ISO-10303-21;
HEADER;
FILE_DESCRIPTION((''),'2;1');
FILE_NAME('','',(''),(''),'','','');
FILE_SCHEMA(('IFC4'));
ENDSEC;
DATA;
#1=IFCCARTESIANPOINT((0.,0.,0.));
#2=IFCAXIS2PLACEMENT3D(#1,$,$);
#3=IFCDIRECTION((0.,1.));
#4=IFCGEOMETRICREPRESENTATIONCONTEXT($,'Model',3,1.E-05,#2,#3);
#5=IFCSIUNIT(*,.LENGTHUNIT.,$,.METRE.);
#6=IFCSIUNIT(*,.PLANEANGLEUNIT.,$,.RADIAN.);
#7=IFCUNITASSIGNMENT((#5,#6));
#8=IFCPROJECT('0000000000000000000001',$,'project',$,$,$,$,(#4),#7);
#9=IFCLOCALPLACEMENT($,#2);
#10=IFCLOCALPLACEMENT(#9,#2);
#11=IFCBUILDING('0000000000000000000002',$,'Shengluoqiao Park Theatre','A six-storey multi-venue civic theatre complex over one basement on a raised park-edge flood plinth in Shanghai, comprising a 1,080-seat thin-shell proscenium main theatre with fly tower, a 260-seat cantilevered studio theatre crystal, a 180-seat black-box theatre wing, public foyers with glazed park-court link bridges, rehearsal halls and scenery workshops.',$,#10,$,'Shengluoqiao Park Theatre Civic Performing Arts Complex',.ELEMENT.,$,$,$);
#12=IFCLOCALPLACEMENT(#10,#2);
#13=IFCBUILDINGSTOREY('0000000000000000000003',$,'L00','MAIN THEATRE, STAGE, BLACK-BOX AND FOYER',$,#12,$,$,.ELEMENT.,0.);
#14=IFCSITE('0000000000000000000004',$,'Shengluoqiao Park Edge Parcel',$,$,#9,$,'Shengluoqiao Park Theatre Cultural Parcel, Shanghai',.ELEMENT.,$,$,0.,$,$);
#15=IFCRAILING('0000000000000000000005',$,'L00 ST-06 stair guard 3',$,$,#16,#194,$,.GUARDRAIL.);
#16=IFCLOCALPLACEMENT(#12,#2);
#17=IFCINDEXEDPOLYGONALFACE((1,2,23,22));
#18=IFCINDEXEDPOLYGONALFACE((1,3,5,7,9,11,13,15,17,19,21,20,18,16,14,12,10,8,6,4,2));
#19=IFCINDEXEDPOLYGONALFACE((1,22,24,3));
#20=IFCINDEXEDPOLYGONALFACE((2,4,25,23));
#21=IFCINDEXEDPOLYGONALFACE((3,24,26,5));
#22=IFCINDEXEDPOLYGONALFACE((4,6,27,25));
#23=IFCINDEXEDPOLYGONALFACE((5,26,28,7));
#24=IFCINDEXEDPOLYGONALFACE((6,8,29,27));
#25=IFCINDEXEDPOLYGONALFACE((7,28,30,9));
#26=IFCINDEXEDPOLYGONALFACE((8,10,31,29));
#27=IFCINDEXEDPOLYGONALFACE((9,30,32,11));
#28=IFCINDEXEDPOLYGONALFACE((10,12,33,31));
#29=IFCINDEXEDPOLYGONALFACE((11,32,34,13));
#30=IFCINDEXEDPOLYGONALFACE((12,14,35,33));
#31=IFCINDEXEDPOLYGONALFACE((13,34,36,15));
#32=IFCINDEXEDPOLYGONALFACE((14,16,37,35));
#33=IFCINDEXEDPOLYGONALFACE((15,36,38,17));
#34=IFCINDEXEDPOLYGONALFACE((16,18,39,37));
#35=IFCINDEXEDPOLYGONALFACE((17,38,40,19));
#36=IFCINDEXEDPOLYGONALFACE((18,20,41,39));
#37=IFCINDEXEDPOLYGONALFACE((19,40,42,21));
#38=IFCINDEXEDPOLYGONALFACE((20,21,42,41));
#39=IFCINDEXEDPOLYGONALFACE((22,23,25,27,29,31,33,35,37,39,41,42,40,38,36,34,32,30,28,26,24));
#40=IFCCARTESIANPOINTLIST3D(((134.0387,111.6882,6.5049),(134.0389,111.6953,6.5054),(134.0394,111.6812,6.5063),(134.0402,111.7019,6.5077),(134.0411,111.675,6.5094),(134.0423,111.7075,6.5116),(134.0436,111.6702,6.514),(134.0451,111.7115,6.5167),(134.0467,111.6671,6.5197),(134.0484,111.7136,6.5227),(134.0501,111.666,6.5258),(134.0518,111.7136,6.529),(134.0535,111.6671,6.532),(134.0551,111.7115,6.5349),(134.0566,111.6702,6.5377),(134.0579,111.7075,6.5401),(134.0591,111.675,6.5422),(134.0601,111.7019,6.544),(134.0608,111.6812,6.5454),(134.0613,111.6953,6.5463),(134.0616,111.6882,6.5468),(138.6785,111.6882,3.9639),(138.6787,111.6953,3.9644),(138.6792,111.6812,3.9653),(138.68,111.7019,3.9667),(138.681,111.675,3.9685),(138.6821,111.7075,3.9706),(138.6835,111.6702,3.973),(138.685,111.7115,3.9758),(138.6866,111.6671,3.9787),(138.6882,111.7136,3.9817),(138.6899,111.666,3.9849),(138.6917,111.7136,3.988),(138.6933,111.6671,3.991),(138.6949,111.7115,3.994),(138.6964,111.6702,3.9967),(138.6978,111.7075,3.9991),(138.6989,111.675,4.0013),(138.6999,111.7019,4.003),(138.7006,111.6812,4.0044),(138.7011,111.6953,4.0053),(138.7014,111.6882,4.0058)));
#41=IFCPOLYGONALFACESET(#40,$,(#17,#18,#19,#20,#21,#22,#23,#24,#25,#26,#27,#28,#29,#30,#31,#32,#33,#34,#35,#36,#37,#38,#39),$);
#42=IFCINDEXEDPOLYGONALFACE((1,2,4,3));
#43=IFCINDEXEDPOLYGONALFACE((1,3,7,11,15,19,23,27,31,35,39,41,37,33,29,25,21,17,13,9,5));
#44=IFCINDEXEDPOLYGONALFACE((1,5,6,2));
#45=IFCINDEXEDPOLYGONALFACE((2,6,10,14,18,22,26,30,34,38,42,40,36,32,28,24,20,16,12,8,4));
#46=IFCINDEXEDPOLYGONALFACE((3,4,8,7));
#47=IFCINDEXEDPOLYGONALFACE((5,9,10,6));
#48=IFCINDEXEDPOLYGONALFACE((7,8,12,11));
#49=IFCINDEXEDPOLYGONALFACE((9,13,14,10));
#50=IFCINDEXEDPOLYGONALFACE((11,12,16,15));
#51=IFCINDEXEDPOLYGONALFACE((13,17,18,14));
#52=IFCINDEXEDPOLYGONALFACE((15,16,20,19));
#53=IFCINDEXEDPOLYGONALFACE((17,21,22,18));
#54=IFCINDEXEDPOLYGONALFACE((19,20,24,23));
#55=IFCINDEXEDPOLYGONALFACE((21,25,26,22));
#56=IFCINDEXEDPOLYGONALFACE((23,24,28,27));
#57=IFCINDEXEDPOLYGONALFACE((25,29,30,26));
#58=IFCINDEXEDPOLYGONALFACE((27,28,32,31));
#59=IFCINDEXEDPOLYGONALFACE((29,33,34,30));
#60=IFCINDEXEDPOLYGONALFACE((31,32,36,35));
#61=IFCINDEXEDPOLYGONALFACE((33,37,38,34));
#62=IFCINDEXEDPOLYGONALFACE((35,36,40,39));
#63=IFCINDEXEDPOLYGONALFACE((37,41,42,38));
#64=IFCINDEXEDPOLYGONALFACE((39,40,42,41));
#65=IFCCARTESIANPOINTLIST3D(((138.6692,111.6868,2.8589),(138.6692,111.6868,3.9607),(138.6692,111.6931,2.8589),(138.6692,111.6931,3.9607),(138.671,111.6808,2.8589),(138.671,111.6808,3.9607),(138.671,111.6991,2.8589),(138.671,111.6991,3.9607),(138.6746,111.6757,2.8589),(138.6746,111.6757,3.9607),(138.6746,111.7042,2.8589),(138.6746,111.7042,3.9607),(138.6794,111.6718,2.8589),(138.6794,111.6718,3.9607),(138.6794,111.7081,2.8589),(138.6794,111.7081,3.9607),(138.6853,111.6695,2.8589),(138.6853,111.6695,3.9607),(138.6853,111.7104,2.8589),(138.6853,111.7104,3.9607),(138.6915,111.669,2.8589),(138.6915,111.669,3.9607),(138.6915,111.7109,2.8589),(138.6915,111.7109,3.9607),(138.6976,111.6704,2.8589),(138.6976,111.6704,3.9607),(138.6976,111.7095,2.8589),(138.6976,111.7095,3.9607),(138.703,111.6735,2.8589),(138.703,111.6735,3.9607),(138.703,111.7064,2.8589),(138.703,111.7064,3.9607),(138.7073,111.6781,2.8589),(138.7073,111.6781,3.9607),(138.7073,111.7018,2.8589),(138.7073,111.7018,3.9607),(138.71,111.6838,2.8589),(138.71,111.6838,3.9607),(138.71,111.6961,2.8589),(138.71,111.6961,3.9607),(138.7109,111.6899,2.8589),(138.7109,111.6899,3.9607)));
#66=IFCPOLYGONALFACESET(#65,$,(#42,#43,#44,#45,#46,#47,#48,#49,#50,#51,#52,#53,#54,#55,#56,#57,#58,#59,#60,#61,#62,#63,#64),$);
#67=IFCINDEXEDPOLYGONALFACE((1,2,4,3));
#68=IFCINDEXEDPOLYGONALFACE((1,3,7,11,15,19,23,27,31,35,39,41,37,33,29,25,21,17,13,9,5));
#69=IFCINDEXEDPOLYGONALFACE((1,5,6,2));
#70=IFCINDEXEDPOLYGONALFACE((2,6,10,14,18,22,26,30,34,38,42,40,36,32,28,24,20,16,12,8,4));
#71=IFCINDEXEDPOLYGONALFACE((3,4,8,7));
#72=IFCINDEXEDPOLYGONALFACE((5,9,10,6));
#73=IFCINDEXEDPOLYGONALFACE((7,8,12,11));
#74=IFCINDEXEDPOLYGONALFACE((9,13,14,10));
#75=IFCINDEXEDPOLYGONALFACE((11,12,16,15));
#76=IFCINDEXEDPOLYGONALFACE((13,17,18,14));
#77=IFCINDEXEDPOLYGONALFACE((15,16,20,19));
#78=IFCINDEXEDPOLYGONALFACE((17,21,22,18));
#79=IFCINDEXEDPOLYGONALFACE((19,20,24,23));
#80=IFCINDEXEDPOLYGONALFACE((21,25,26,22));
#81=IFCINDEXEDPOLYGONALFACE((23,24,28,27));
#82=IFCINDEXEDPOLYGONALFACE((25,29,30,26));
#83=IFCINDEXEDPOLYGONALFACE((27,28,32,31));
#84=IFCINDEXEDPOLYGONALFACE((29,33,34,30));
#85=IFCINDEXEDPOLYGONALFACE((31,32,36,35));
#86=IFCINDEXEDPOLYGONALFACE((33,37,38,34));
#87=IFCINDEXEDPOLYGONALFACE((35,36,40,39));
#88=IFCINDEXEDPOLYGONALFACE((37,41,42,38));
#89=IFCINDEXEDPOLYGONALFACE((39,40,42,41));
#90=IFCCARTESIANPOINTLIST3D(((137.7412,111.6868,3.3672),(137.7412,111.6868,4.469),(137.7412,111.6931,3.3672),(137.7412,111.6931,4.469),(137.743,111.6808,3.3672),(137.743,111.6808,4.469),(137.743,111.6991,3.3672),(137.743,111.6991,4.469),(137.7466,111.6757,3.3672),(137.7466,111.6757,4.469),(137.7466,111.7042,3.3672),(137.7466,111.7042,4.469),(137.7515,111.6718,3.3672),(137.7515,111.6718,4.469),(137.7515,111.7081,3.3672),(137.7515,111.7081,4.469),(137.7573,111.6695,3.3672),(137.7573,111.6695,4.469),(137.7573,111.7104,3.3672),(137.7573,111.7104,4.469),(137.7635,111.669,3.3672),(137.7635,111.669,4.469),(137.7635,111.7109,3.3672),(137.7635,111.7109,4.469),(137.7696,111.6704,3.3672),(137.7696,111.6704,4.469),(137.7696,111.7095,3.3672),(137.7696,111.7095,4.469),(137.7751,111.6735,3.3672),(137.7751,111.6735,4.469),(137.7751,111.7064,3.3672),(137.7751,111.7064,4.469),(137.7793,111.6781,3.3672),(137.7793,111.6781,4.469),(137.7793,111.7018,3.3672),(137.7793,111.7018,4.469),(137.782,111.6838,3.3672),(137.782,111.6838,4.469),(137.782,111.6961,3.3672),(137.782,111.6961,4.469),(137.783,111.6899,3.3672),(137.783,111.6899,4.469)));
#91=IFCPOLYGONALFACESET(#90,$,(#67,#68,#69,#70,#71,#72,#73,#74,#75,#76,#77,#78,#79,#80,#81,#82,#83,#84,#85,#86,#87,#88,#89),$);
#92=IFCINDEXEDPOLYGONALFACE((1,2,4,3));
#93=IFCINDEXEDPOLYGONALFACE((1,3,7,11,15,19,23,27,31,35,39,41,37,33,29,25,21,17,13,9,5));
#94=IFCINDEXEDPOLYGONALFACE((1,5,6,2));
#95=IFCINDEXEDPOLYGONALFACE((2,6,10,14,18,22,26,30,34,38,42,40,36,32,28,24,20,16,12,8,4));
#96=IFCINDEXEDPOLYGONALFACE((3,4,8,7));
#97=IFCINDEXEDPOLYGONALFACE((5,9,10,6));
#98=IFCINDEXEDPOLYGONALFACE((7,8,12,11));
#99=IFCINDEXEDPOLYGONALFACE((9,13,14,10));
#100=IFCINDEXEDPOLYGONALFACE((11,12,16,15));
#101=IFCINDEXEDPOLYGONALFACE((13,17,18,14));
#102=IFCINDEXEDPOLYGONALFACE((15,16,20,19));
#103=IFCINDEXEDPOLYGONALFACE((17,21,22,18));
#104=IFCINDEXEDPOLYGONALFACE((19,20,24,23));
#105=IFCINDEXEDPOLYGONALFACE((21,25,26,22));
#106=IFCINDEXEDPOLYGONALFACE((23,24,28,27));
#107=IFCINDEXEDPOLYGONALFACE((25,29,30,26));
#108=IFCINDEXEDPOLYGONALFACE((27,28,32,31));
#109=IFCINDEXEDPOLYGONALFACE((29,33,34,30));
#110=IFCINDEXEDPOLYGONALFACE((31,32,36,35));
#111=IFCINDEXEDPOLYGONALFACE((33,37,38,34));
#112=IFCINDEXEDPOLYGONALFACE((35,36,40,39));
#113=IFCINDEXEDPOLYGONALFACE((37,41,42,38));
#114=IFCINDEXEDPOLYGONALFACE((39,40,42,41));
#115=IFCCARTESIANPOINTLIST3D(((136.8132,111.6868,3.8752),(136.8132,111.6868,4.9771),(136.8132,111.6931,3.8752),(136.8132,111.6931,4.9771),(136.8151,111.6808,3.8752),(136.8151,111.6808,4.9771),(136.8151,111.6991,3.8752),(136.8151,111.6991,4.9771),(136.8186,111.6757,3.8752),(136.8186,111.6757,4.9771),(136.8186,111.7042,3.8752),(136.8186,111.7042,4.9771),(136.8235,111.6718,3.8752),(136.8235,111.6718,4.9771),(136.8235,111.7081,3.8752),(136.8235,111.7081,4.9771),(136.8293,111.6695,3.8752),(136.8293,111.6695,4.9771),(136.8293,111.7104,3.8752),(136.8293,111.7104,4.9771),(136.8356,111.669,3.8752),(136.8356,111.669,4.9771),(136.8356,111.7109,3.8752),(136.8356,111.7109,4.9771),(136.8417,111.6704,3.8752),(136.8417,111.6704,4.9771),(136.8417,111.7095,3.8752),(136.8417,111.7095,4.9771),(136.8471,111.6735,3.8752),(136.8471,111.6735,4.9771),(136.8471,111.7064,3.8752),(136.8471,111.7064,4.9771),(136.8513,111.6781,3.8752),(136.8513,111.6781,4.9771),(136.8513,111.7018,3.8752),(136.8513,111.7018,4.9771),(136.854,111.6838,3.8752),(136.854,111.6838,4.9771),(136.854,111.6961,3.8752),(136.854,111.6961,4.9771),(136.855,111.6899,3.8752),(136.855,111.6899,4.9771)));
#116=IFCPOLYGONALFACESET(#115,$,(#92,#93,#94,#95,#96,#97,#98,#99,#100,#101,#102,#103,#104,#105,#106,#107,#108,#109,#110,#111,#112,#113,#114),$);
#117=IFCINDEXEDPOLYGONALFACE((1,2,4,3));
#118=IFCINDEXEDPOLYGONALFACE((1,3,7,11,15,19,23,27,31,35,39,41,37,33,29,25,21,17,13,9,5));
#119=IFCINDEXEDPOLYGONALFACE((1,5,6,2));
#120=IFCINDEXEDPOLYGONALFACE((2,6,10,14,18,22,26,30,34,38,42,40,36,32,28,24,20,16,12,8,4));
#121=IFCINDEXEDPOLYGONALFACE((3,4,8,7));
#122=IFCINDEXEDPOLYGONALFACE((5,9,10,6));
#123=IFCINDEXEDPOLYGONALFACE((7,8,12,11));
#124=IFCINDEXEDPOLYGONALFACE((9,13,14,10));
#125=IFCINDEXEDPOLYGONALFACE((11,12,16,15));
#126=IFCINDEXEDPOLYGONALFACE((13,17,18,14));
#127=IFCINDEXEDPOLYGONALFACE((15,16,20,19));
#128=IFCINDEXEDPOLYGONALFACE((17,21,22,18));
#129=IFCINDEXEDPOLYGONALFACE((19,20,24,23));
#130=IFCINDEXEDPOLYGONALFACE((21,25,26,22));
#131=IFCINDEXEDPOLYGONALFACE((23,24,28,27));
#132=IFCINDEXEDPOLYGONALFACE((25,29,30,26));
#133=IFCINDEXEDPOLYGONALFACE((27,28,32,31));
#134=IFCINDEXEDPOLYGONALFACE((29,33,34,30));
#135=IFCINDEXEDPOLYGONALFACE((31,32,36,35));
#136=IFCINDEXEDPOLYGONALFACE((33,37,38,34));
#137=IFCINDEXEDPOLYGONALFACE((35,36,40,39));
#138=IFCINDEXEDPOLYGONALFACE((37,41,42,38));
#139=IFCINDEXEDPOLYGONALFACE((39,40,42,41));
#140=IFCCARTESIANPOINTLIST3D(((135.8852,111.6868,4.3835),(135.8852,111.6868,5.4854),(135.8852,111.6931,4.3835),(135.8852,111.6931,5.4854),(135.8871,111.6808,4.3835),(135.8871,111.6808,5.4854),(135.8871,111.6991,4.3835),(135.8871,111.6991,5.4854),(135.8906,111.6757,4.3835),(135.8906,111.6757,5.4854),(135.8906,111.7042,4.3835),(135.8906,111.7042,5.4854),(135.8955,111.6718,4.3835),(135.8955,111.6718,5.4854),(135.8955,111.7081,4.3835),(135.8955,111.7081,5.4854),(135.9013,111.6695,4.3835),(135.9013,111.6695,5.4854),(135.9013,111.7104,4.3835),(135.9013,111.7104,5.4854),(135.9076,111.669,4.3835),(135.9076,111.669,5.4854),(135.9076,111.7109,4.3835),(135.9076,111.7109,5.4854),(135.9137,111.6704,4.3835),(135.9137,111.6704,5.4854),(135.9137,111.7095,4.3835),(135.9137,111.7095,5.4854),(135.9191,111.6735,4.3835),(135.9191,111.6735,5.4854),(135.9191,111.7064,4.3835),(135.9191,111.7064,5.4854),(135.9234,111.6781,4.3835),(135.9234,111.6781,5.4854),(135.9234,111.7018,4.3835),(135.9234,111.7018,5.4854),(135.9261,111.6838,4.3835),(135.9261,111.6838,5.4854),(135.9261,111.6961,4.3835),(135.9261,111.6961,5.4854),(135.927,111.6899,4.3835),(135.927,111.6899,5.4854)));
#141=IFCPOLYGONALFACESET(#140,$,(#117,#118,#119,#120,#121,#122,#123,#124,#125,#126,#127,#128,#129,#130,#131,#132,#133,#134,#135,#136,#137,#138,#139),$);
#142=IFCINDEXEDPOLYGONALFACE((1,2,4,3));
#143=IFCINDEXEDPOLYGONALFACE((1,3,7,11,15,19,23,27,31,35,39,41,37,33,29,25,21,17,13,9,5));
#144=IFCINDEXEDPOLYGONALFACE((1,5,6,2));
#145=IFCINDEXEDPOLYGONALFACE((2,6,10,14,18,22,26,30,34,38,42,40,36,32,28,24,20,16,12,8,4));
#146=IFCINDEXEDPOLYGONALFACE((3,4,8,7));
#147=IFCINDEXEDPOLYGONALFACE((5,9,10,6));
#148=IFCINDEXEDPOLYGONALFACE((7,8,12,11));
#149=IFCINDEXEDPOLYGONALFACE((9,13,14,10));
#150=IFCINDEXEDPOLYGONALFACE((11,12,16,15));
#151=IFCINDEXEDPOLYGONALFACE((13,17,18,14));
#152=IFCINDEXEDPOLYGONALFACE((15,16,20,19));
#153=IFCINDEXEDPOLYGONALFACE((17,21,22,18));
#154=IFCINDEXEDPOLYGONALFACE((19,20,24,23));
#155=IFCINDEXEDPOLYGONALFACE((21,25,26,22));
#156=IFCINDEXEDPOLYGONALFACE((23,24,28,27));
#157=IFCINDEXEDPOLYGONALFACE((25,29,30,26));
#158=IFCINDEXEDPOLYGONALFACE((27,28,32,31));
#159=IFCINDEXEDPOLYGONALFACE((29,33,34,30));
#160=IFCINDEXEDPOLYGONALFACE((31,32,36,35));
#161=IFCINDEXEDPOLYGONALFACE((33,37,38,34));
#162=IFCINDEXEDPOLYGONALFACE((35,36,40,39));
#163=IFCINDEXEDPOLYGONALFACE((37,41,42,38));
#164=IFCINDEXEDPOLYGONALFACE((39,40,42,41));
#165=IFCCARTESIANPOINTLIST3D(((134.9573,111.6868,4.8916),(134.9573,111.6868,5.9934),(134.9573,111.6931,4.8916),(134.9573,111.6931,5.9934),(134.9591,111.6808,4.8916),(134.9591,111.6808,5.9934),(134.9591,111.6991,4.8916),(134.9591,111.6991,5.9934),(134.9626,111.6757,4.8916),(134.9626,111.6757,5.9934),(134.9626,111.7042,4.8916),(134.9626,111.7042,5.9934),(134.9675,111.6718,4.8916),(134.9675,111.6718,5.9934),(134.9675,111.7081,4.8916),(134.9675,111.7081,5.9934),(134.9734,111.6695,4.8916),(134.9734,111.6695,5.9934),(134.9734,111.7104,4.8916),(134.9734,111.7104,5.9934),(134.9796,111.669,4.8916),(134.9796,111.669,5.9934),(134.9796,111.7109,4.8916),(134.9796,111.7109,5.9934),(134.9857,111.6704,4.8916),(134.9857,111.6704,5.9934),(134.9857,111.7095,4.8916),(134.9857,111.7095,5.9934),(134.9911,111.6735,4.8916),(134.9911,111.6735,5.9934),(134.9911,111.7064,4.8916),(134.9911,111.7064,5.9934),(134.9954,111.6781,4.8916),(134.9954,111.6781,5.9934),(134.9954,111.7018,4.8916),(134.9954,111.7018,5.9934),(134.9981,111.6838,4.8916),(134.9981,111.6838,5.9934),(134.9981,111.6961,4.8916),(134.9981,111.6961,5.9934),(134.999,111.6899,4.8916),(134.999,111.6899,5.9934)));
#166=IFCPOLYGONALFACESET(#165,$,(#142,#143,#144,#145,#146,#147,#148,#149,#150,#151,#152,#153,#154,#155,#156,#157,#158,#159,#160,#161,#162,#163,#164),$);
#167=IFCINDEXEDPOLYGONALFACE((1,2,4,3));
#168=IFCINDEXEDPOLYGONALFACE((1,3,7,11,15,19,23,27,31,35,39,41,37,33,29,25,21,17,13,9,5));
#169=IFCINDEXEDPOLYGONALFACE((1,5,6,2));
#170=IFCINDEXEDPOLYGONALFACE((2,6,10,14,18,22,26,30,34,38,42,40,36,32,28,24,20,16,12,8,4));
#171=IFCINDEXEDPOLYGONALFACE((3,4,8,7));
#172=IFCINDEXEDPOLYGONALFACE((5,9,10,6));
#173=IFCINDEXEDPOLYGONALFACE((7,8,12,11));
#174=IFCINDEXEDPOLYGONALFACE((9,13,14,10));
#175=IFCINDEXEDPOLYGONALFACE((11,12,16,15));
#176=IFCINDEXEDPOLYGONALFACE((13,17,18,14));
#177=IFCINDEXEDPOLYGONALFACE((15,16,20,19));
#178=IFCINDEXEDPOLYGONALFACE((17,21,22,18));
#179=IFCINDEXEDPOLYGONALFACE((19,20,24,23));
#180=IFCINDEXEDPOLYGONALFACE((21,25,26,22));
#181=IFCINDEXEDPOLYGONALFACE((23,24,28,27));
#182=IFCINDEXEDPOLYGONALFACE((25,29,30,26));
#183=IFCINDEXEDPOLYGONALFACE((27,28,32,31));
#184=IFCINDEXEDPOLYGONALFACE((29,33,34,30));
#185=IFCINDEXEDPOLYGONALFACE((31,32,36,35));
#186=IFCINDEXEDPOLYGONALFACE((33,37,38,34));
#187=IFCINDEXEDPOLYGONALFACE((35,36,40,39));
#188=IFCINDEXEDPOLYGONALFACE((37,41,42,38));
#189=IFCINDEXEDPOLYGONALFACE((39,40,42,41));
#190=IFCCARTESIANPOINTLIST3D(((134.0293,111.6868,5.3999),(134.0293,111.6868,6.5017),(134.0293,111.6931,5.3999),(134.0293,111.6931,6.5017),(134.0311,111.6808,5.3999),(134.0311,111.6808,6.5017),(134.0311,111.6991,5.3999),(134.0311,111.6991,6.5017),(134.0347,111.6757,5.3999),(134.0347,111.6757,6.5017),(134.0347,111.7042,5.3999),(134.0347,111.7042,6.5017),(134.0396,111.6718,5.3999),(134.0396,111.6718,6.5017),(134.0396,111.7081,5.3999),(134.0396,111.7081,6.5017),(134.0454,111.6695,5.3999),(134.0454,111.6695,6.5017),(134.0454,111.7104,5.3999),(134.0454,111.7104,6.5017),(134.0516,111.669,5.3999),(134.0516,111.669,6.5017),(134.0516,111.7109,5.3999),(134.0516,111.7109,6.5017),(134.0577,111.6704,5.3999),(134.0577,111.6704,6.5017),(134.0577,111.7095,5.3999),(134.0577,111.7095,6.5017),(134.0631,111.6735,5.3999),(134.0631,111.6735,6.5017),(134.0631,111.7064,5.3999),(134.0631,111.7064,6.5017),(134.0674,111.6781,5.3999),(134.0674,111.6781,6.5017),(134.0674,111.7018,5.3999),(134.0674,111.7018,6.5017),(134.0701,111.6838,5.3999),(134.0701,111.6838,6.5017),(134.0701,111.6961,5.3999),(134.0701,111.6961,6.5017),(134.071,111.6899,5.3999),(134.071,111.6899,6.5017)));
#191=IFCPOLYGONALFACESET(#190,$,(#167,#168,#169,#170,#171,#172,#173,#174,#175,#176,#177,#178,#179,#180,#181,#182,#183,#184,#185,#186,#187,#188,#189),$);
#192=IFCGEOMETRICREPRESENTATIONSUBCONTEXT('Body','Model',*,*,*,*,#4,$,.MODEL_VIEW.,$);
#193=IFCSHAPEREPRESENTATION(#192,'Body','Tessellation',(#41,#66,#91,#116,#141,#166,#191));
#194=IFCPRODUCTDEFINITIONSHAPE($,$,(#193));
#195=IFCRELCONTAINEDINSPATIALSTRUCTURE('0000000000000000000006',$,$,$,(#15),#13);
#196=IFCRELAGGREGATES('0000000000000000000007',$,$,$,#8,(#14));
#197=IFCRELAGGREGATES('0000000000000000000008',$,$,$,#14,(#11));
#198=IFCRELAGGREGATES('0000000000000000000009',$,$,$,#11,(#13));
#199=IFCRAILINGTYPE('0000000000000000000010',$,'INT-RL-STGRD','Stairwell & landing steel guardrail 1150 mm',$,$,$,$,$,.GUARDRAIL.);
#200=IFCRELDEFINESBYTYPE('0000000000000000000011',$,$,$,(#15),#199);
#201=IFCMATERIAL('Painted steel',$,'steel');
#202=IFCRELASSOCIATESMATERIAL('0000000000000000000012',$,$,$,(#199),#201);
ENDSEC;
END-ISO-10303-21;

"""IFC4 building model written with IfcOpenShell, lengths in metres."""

from ifc_helpers import new_model, si_unit, direction, frame, origin, origin_2d, place, context, subcontext, project, spatial, circle, extrude, material, type_object, element, save


model = new_model("IFC4")

# Units and contexts
model_context = context("Model", 3, precision=1e-05, world=origin(), true_north=direction((0.0, 1.0)))
body_context = subcontext(model_context, "Body", "Model", "MODEL_VIEW")
ifc_project = project(units=[si_unit("LENGTHUNIT", "METRE"), si_unit("PLANEANGLEUNIT", "RADIAN")], contexts=[model_context])

# Site, building, storey
site_placement = place(None, origin())
site = spatial("IfcSite", under=ifc_project, at=site_placement, Name="Shengluoqiao Park Edge Parcel", LongName="Shengluoqiao Park Theatre Cultural Parcel, Shanghai", CompositionType="ELEMENT", RefElevation=0.0)
building_placement = place(site_placement, origin())
building = spatial("IfcBuilding", under=site, at=building_placement, Name="Shengluoqiao Park Theatre", Description="A six-storey multi-venue civic theatre complex over one basement on a raised park-edge flood plinth in Shanghai, comprising a 1,080-seat thin-shell proscenium main theatre with fly tower, a 260-seat cantilevered studio theatre crystal, a 180-seat black-box theatre wing, public foyers with glazed park-court link bridges, rehearsal halls and scenery workshops.", LongName="Shengluoqiao Park Theatre Civic Performing Arts Complex", CompositionType="ELEMENT")
storey_placement = place(building_placement, origin())
storey = spatial("IfcBuildingStorey", under=building, at=storey_placement, Name="L00", Description="MAIN THEATRE, STAGE, BLACK-BOX AND FOYER", CompositionType="ELEMENT", Elevation=0.0)

# Railing
ifc_material_1 = material(Name="Painted steel", Category="steel")
railing_type_1 = type_object("IfcRailingType", Name="INT-RL-STGRD", Description="Stairwell & landing steel guardrail 1150 mm", PredefinedType="GUARDRAIL", material=ifc_material_1)
railing_1_placement = place(storey_placement, frame((138.6899, 111.6899, 2.8589)))
element("IfcRailing", 1, at=railing_1_placement, inside=storey, type_object=railing_type_1, Name="L00 ST-06 stair guard 3", PredefinedType="GUARDRAIL", context=body_context, shape_type="SweptSolid", body=[
    extrude(circle(Radius=0.0239, at=origin_2d()), frame((0.0, 0.0, 1.126), z_axis=(-0.877087, 0.0, 0.480332), x_axis=(0.0, -1.0, 0.0)), (0.0, 0.0, 1.0), 5.29),
    extrude(circle(Radius=0.021, at=origin_2d()), origin(), (0.0, 0.0, 1.0), 1.1018),
    extrude(circle(Radius=0.021, at=origin_2d()), frame((-0.928, 0.0, 0.5083)), (0.0, 0.0, 1.0), 1.1018),
    extrude(circle(Radius=0.021, at=origin_2d()), frame((-1.856, 0.0, 1.0164)), (0.0, 0.0, 1.0), 1.1018),
    extrude(circle(Radius=0.021, at=origin_2d()), frame((-2.7839, 0.0, 1.5247)), (0.0, 0.0, 1.0), 1.1018),
    extrude(circle(Radius=0.021, at=origin_2d()), frame((-3.7119, 0.0, 2.0327)), (0.0, 0.0, 1.0), 1.1018),
    extrude(circle(Radius=0.021, at=origin_2d()), frame((-4.6399, 0.0, 2.541)), (0.0, 0.0, 1.0), 1.1018),
])

save(model, "model.ifc")
